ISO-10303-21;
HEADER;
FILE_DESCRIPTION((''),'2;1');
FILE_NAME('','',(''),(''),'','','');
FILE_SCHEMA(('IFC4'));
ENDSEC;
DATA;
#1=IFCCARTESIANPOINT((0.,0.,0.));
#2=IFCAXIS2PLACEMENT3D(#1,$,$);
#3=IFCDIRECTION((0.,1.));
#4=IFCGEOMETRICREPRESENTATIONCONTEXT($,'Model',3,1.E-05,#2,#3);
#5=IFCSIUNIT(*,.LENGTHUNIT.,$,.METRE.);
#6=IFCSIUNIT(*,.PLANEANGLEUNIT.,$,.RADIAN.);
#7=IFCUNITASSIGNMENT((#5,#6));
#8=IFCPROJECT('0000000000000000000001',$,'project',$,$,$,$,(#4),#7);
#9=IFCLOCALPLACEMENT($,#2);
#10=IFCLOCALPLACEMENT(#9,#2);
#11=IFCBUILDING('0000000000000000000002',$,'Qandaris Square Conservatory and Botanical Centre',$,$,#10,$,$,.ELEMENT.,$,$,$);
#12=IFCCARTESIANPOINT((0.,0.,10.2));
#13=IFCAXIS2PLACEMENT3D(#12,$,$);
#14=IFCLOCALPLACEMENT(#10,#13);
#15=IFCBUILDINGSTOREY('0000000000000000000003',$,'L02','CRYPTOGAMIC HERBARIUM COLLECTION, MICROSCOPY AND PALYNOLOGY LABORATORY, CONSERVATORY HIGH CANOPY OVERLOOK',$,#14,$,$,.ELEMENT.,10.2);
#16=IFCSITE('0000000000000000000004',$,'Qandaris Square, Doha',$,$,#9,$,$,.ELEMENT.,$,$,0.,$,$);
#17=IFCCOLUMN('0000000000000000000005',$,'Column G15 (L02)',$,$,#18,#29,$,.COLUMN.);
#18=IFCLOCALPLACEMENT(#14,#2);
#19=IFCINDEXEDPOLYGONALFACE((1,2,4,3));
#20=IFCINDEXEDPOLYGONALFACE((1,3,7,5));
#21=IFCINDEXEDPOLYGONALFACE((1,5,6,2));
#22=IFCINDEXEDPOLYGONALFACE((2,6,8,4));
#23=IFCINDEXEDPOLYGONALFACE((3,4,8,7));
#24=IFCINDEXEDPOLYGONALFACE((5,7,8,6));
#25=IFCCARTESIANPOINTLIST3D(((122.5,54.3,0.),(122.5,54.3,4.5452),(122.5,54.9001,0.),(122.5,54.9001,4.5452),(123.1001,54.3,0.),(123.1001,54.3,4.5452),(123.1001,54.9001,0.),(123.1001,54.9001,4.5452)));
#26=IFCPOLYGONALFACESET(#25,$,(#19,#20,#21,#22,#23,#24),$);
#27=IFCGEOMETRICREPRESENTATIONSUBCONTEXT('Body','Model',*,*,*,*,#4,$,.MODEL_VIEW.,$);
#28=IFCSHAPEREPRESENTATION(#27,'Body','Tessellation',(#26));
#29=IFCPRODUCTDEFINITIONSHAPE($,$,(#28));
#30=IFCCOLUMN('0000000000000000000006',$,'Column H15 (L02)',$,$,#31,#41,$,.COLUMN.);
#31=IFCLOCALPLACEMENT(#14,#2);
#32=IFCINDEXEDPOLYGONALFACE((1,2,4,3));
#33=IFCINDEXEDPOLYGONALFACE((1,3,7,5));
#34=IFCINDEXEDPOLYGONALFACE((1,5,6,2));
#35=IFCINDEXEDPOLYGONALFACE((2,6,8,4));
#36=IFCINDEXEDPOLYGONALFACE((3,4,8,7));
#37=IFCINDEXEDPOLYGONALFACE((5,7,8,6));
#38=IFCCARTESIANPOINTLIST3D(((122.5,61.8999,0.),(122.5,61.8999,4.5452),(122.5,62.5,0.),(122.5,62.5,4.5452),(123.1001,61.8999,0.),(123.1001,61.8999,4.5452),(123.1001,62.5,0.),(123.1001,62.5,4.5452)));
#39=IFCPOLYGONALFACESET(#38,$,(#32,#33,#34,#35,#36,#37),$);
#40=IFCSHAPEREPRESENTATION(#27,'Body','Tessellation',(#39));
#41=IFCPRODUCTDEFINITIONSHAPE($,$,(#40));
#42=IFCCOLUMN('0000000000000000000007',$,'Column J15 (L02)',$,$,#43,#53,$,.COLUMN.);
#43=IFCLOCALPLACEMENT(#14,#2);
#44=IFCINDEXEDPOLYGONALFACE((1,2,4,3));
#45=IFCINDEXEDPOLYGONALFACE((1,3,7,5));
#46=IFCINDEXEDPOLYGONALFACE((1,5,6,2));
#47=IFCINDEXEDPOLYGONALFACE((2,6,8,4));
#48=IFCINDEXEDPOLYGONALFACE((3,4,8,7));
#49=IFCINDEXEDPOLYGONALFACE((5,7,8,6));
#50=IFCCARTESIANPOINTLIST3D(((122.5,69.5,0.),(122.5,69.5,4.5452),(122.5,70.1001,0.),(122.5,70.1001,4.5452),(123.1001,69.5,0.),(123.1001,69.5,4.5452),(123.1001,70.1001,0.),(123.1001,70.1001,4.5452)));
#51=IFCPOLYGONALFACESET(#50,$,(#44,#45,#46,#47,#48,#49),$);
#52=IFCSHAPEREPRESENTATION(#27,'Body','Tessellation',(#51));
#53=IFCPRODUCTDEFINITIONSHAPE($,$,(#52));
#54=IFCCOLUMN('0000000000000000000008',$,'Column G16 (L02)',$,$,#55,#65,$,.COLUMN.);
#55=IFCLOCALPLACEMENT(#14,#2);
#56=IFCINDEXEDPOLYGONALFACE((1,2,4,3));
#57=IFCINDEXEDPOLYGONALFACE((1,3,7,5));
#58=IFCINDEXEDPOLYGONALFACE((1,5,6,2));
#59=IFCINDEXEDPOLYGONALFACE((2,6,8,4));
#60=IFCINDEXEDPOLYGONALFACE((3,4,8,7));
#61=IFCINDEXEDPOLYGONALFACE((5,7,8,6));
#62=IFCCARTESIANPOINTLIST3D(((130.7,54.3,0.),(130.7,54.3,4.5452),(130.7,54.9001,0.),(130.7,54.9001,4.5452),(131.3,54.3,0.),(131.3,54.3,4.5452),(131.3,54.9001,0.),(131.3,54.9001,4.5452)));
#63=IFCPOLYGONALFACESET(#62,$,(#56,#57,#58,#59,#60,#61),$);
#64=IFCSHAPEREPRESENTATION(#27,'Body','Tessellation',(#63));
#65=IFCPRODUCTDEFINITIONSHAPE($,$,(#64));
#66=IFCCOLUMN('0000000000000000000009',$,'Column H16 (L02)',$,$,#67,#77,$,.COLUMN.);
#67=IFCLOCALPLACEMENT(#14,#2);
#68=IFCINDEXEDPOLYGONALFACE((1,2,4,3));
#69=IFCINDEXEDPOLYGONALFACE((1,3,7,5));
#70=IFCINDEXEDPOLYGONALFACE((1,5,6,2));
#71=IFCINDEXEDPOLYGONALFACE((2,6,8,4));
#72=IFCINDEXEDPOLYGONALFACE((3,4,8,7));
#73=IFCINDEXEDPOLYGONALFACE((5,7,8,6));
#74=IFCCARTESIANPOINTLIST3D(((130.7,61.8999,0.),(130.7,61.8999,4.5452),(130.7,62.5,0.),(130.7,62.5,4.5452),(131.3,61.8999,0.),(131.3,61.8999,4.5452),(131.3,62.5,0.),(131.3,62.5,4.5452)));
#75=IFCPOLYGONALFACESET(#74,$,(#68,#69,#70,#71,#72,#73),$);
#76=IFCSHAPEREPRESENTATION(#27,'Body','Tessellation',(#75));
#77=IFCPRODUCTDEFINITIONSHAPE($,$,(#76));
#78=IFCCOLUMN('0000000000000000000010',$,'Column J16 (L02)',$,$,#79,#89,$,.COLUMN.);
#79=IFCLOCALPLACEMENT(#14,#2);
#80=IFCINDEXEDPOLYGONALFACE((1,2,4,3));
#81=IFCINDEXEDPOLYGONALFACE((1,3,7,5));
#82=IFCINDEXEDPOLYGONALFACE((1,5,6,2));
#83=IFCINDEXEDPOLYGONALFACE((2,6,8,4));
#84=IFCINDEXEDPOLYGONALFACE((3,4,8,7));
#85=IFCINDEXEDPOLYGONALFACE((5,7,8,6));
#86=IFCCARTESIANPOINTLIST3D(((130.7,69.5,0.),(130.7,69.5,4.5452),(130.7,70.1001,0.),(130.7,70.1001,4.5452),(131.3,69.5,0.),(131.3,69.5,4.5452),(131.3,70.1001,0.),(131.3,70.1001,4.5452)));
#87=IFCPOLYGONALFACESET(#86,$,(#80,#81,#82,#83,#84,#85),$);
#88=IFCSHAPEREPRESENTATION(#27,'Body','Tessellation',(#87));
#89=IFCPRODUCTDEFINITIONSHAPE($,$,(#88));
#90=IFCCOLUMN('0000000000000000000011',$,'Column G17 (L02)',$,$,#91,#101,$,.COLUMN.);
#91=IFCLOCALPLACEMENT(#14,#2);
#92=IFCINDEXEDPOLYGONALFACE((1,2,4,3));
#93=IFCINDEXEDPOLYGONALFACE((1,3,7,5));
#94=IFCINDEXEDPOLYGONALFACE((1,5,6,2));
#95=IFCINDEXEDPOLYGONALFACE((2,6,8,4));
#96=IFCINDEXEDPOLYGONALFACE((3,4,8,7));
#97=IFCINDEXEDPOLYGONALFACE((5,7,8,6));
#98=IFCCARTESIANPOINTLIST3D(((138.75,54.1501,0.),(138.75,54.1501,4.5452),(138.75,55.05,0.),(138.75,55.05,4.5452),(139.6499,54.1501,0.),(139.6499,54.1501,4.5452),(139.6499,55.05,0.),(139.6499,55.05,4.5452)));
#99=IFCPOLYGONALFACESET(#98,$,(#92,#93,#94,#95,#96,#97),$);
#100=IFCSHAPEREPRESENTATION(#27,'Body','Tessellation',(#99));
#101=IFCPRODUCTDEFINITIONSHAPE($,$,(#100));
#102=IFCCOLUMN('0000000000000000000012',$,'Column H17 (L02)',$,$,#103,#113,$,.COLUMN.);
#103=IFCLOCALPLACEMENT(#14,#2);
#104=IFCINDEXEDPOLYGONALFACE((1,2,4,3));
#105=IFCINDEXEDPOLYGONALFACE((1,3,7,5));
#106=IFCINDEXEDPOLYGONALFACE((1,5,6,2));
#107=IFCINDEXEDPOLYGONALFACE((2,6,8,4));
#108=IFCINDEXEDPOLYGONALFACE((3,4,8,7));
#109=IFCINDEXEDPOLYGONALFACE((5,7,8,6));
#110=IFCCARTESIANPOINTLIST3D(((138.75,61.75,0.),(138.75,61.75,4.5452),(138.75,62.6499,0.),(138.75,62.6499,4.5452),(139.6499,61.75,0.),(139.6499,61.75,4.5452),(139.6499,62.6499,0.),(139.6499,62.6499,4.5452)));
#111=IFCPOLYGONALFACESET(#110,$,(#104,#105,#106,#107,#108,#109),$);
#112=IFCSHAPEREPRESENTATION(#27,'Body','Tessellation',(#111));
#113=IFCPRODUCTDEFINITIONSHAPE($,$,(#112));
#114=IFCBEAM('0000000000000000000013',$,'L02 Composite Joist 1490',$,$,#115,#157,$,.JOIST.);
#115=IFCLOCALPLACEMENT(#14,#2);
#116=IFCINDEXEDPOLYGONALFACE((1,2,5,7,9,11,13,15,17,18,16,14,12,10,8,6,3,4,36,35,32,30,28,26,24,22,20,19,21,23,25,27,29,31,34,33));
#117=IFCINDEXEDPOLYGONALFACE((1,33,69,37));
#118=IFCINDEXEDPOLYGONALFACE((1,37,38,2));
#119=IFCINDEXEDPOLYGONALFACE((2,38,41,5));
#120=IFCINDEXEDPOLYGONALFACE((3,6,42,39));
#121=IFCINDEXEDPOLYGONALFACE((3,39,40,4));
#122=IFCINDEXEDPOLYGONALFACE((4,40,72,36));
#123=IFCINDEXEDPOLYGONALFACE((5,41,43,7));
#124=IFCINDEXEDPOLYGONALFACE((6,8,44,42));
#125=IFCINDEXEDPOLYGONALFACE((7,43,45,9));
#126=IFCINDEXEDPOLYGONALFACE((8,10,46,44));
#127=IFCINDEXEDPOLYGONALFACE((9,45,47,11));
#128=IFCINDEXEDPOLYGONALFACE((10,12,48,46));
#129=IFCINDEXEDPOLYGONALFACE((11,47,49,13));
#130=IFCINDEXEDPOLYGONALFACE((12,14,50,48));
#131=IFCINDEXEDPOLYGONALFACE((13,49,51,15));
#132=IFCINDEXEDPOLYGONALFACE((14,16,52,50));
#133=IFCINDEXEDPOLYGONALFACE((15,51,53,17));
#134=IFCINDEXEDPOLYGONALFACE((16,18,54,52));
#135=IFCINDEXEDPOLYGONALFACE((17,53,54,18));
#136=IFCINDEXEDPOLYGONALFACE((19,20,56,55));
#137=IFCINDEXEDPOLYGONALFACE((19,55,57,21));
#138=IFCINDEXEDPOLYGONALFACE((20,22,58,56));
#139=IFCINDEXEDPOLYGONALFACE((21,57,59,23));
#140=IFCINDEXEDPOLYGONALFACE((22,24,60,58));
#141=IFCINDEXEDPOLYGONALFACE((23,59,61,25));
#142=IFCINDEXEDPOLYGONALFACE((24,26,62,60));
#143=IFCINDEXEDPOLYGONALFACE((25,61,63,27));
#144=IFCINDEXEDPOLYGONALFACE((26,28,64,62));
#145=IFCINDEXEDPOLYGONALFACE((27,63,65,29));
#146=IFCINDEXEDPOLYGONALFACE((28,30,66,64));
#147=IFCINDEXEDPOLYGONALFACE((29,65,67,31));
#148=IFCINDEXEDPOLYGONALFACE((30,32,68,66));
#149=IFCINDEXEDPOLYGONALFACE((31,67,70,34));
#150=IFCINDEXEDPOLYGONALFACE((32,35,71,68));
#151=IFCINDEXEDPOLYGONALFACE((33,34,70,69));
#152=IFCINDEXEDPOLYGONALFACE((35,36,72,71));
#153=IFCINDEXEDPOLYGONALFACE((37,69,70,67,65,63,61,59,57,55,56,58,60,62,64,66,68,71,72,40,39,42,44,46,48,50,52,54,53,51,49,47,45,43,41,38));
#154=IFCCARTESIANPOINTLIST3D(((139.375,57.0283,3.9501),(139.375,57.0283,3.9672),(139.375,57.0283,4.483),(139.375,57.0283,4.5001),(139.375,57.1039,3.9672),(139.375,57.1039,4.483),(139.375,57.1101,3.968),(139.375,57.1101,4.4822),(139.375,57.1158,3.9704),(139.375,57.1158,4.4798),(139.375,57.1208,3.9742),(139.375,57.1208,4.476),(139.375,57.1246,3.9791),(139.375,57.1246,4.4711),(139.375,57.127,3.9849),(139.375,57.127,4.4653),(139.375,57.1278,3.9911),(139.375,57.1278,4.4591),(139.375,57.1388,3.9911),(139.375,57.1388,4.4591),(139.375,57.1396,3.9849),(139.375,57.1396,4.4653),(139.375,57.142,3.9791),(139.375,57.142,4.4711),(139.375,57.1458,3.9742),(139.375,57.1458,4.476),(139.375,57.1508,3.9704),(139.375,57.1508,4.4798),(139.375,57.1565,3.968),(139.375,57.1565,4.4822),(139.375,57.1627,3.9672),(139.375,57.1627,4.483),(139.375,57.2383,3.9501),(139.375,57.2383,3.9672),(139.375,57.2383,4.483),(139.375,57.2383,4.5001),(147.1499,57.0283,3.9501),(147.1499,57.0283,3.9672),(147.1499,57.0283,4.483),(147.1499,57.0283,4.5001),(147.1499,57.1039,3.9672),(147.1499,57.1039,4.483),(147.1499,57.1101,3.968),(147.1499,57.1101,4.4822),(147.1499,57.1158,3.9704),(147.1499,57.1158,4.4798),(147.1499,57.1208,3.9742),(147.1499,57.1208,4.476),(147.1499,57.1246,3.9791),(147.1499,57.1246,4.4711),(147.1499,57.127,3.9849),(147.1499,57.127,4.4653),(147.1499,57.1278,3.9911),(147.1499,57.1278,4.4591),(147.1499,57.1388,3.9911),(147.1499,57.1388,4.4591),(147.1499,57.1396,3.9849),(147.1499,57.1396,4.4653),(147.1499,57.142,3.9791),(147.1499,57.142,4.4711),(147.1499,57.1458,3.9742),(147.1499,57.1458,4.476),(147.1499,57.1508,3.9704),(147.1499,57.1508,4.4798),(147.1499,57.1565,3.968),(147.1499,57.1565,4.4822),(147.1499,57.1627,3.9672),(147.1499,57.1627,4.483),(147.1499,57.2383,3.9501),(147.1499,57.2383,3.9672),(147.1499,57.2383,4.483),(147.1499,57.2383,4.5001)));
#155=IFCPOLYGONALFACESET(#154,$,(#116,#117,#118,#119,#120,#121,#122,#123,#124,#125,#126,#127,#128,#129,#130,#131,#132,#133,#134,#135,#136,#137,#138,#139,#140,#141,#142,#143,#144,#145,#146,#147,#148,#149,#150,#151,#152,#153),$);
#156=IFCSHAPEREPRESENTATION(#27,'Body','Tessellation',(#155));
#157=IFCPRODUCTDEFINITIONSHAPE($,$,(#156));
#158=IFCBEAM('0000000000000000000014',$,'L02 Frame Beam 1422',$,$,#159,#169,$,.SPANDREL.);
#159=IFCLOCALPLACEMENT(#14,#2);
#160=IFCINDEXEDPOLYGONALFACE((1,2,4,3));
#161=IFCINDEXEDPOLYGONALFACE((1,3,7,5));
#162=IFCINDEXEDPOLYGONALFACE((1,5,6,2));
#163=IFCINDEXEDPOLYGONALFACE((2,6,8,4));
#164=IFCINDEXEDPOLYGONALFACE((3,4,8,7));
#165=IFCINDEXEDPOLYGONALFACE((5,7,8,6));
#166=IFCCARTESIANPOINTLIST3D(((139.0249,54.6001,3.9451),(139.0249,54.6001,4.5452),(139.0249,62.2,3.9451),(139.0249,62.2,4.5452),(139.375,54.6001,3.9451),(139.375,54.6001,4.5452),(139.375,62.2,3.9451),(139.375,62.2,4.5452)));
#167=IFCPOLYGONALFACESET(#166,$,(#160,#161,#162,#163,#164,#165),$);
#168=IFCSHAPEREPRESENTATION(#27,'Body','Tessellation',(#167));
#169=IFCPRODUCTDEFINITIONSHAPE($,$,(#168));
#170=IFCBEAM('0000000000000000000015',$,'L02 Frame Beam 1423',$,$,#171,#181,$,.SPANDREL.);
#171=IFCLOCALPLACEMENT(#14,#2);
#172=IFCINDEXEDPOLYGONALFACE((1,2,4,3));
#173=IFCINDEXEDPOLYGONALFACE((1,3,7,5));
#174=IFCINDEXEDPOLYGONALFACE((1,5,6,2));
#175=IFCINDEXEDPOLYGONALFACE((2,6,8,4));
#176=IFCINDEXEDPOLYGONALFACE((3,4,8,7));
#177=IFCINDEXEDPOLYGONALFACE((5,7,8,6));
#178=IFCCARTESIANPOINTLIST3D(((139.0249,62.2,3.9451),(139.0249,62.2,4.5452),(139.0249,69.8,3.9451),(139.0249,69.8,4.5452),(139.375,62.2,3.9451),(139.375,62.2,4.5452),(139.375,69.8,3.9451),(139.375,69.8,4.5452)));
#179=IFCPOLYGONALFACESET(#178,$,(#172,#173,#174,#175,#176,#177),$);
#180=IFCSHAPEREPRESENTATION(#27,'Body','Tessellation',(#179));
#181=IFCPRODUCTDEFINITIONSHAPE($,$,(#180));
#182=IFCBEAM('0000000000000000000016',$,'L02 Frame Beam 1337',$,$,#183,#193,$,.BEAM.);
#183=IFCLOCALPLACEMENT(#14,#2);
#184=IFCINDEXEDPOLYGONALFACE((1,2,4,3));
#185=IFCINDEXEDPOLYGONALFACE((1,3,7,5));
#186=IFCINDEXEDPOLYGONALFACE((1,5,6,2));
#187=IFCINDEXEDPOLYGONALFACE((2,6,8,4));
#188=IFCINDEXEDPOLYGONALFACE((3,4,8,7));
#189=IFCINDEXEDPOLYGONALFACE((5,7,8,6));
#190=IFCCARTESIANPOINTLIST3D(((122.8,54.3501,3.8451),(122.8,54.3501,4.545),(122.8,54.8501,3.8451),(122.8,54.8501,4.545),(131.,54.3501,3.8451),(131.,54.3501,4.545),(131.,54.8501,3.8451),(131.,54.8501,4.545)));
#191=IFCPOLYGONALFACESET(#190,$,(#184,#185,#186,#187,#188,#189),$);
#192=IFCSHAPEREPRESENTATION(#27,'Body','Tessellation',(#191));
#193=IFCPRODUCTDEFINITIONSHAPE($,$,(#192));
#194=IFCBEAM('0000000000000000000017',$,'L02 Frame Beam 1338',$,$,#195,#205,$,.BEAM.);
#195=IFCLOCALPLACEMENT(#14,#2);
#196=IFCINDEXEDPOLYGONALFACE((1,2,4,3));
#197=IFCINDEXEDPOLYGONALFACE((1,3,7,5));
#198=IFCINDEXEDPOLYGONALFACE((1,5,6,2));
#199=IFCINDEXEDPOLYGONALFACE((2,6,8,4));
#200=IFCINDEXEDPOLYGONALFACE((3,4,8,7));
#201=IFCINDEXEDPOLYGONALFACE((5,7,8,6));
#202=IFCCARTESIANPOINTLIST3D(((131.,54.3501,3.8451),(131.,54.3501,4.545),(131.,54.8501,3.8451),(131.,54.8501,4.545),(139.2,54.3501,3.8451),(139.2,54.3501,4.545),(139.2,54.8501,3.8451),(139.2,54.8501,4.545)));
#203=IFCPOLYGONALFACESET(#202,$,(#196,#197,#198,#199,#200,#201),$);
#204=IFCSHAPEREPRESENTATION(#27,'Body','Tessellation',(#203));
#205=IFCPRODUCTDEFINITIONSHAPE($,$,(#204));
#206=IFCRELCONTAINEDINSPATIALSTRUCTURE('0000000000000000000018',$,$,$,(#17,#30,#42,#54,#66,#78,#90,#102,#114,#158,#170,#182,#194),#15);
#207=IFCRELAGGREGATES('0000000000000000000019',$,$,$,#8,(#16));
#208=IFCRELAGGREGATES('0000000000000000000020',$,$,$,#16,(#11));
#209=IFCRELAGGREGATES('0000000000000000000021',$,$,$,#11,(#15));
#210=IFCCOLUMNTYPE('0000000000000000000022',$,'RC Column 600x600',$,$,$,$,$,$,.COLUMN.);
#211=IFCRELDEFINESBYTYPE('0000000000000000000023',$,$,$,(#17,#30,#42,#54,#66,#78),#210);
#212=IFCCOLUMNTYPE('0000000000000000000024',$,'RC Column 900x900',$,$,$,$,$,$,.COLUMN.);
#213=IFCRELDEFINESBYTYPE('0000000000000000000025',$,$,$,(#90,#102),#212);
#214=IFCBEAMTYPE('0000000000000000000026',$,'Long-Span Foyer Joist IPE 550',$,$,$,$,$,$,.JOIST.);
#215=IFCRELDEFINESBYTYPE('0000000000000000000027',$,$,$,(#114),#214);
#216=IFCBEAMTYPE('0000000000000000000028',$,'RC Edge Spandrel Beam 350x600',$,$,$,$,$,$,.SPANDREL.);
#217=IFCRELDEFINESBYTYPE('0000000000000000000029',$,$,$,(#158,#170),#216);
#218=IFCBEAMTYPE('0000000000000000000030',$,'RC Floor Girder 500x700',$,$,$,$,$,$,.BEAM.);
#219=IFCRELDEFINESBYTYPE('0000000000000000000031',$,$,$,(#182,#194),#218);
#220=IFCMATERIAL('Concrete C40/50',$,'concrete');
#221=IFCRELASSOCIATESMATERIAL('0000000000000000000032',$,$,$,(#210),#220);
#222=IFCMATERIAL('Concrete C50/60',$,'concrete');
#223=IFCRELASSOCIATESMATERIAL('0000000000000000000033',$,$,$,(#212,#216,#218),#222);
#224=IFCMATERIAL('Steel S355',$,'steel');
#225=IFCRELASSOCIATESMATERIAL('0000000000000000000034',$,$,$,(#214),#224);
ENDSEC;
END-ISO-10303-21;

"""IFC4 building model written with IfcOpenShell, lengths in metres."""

from ifc_helpers import new_model, si_unit, direction, frame, origin, origin_2d, place, context, subcontext, project, spatial, rectangle, i_section, extrude, material, material_profile, profile_set, type_object, element, save


model = new_model("IFC4")

# Units and contexts
model_context = context("Model", 3, precision=1e-05, world=origin(), true_north=direction((0.0, 1.0)))
body_context = subcontext(model_context, "Body", "Model", "MODEL_VIEW")
ifc_project = project(units=[si_unit("LENGTHUNIT", "METRE"), si_unit("PLANEANGLEUNIT", "RADIAN")], contexts=[model_context])

# Site, building, storey
site_placement = place(None, origin())
site = spatial("IfcSite", under=ifc_project, at=site_placement, Name="Qandaris Square, Doha", CompositionType="ELEMENT", RefElevation=0.0)
building_placement = place(site_placement, origin())
building = spatial("IfcBuilding", under=site, at=building_placement, Name="Qandaris Square Conservatory and Botanical Centre", CompositionType="ELEMENT")
storey_placement = place(building_placement, frame((0.0, 0.0, 10.2)))
storey = spatial("IfcBuildingStorey", under=building, at=storey_placement, Name="L02", Description="CRYPTOGAMIC HERBARIUM COLLECTION, MICROSCOPY AND PALYNOLOGY LABORATORY, CONSERVATORY HIGH CANOPY OVERLOOK", CompositionType="ELEMENT", Elevation=10.2)

# Columns
ifc_material_1 = material(Name="Concrete C40/50", Category="concrete")
ifc_material_profile_1 = material_profile(ifc_material_1, rectangle(XDim=0.6001, YDim=0.6001, at=origin_2d()), Name="RC-COL 600x600")
ifc_profile_set_1 = profile_set([ifc_material_profile_1], Name="Concrete C40/50")
column_type_1 = type_object("IfcColumnType", Name="RC Column 600x600", PredefinedType="COLUMN", material=ifc_profile_set_1)
for number, where, z_axis, x_axis, name in (
    (1, (122.8, 54.6001, 0.0), (0.0, 0.0, 1.0), (1.0, 0.0, 0.0), "Column G15 (L02)"),
    (2, (122.8, 62.2, 0.0), (0.0, 0.0, 1.0), (1.0, 0.0, 0.0), "Column H15 (L02)"),
    (3, (122.8, 69.8, 0.0), (0.0, 0.0, 1.0), (1.0, 0.0, 0.0), "Column J15 (L02)"),
    (4, (131.0, 54.6001, 0.0), (0.0, 0.0, 1.0), (1.0, 0.0, 0.0), "Column G16 (L02)"),
    (5, (131.0, 62.2, 0.0), (0.0, 0.0, 1.0), (1.0, 0.0, 0.0), "Column H16 (L02)"),
    (6, (131.0, 69.8, 0.0), (0.0, 0.0, 1.0), (1.0, 0.0, 0.0), "Column J16 (L02)"),
):
    element("IfcColumn", number, at=place(storey_placement, frame(where, z_axis=z_axis, x_axis=x_axis)), inside=storey, type_object=column_type_1, Name=name, PredefinedType="COLUMN", context=body_context, shape_type="SweptSolid", body=[
        extrude(rectangle(XDim=0.6001, YDim=0.6001, at=origin_2d()), origin(), (0.0, 0.0, 1.0), 4.5452),
    ])
ifc_material_2 = material(Name="Concrete C50/60", Category="concrete")
ifc_material_profile_2 = material_profile(ifc_material_2, rectangle(XDim=0.8999, YDim=0.8999, at=origin_2d()), Name="RC-COL 900x900")
ifc_profile_set_2 = profile_set([ifc_material_profile_2], Name="Concrete C50/60")
column_type_2 = type_object("IfcColumnType", Name="RC Column 900x900", PredefinedType="COLUMN", material=ifc_profile_set_2)
for number, where, z_axis, x_axis, name in (
    (7, (139.2, 54.6001, 0.0), (0.0, 0.0, 1.0), (1.0, 0.0, 0.0), "Column G17 (L02)"),
    (8, (139.2, 62.2, 0.0), (0.0, 0.0, 1.0), (1.0, 0.0, 0.0), "Column H17 (L02)"),
):
    element("IfcColumn", number, at=place(storey_placement, frame(where, z_axis=z_axis, x_axis=x_axis)), inside=storey, type_object=column_type_2, Name=name, PredefinedType="COLUMN", context=body_context, shape_type="SweptSolid", body=[
        extrude(rectangle(XDim=0.8999, YDim=0.8999, at=origin_2d()), origin(), (0.0, 0.0, 1.0), 4.5452),
    ])

# Beams
ifc_material_3 = material(Name="Steel S355", Category="steel")
ifc_material_profile_3 = material_profile(ifc_material_3, i_section(OverallWidth=0.21, OverallDepth=0.55, WebThickness=0.011, FlangeThickness=0.0171, FilletRadius=0.0239, at=origin_2d()), Name="IPE 550")
ifc_profile_set_3 = profile_set([ifc_material_profile_3], Name="Steel S355")
beam_type_1 = type_object("IfcBeamType", Name="Long-Span Foyer Joist IPE 550", PredefinedType="JOIST", material=ifc_profile_set_3)
beam_1_placement = place(storey_placement, frame((139.375, 57.1333, 4.2251), z_axis=(1.0, 0.0, 0.0), x_axis=(0.0, 1.0, 0.0)))
element("IfcBeam", 9, at=beam_1_placement, inside=storey, type_object=beam_type_1, Name="L02 Composite Joist 1490", PredefinedType="JOIST", context=body_context, shape_type="SweptSolid", body=[
    extrude(i_section(OverallWidth=0.21, OverallDepth=0.55, WebThickness=0.011, FlangeThickness=0.0171, FilletRadius=0.0239, at=origin_2d()), origin(), (0.0, 0.0, 1.0), 7.7749),
])
ifc_material_profile_4 = material_profile(ifc_material_2, rectangle(XDim=0.3501, YDim=0.6001, at=origin_2d()), Name="RC-SP 350x600")
ifc_profile_set_4 = profile_set([ifc_material_profile_4], Name="Concrete C50/60")
beam_type_2 = type_object("IfcBeamType", Name="RC Edge Spandrel Beam 350x600", PredefinedType="SPANDREL", material=ifc_profile_set_4)
beam_2_placement = place(storey_placement, frame((139.2, 54.6001, 4.2451), z_axis=(0.0, 1.0, 0.0), x_axis=(-1.0, 0.0, 0.0)))
element("IfcBeam", 10, at=beam_2_placement, inside=storey, type_object=beam_type_2, Name="L02 Frame Beam 1422", PredefinedType="SPANDREL", context=body_context, shape_type="SweptSolid", body=[
    extrude(rectangle(XDim=0.3501, YDim=0.6001, at=origin_2d()), origin(), (0.0, 0.0, 1.0), 7.5999),
])
beam_3_placement = place(storey_placement, frame((139.2, 62.2, 4.2451), z_axis=(0.0, 1.0, 0.0), x_axis=(-1.0, 0.0, 0.0)))
element("IfcBeam", 11, at=beam_3_placement, inside=storey, type_object=beam_type_2, Name="L02 Frame Beam 1423", PredefinedType="SPANDREL", context=body_context, shape_type="SweptSolid", body=[
    extrude(rectangle(XDim=0.3501, YDim=0.6001, at=origin_2d()), origin(), (0.0, 0.0, 1.0), 7.6001),
])
ifc_material_profile_5 = material_profile(ifc_material_2, rectangle(XDim=0.5, YDim=0.7, at=origin_2d()), Name="RC-BM 500x700")
ifc_profile_set_5 = profile_set([ifc_material_profile_5], Name="Concrete C50/60")
beam_type_3 = type_object("IfcBeamType", Name="RC Floor Girder 500x700", PredefinedType="BEAM", material=ifc_profile_set_5)
for number, where, z_axis, x_axis, name in (
    (12, (122.8, 54.6001, 4.1951), (1.0, 0.0, 0.0), (0.0, 1.0, 0.0), "L02 Frame Beam 1337"),
    (13, (131.0, 54.6001, 4.1951), (1.0, 0.0, 0.0), (0.0, 1.0, 0.0), "L02 Frame Beam 1338"),
):
    element("IfcBeam", number, at=place(storey_placement, frame(where, z_axis=z_axis, x_axis=x_axis)), inside=storey, type_object=beam_type_3, Name=name, PredefinedType="BEAM", context=body_context, shape_type="SweptSolid", body=[
        extrude(rectangle(XDim=0.5, YDim=0.7, at=origin_2d()), origin(), (0.0, 0.0, 1.0), 8.2),
    ])

save(model, "model.ifc")
